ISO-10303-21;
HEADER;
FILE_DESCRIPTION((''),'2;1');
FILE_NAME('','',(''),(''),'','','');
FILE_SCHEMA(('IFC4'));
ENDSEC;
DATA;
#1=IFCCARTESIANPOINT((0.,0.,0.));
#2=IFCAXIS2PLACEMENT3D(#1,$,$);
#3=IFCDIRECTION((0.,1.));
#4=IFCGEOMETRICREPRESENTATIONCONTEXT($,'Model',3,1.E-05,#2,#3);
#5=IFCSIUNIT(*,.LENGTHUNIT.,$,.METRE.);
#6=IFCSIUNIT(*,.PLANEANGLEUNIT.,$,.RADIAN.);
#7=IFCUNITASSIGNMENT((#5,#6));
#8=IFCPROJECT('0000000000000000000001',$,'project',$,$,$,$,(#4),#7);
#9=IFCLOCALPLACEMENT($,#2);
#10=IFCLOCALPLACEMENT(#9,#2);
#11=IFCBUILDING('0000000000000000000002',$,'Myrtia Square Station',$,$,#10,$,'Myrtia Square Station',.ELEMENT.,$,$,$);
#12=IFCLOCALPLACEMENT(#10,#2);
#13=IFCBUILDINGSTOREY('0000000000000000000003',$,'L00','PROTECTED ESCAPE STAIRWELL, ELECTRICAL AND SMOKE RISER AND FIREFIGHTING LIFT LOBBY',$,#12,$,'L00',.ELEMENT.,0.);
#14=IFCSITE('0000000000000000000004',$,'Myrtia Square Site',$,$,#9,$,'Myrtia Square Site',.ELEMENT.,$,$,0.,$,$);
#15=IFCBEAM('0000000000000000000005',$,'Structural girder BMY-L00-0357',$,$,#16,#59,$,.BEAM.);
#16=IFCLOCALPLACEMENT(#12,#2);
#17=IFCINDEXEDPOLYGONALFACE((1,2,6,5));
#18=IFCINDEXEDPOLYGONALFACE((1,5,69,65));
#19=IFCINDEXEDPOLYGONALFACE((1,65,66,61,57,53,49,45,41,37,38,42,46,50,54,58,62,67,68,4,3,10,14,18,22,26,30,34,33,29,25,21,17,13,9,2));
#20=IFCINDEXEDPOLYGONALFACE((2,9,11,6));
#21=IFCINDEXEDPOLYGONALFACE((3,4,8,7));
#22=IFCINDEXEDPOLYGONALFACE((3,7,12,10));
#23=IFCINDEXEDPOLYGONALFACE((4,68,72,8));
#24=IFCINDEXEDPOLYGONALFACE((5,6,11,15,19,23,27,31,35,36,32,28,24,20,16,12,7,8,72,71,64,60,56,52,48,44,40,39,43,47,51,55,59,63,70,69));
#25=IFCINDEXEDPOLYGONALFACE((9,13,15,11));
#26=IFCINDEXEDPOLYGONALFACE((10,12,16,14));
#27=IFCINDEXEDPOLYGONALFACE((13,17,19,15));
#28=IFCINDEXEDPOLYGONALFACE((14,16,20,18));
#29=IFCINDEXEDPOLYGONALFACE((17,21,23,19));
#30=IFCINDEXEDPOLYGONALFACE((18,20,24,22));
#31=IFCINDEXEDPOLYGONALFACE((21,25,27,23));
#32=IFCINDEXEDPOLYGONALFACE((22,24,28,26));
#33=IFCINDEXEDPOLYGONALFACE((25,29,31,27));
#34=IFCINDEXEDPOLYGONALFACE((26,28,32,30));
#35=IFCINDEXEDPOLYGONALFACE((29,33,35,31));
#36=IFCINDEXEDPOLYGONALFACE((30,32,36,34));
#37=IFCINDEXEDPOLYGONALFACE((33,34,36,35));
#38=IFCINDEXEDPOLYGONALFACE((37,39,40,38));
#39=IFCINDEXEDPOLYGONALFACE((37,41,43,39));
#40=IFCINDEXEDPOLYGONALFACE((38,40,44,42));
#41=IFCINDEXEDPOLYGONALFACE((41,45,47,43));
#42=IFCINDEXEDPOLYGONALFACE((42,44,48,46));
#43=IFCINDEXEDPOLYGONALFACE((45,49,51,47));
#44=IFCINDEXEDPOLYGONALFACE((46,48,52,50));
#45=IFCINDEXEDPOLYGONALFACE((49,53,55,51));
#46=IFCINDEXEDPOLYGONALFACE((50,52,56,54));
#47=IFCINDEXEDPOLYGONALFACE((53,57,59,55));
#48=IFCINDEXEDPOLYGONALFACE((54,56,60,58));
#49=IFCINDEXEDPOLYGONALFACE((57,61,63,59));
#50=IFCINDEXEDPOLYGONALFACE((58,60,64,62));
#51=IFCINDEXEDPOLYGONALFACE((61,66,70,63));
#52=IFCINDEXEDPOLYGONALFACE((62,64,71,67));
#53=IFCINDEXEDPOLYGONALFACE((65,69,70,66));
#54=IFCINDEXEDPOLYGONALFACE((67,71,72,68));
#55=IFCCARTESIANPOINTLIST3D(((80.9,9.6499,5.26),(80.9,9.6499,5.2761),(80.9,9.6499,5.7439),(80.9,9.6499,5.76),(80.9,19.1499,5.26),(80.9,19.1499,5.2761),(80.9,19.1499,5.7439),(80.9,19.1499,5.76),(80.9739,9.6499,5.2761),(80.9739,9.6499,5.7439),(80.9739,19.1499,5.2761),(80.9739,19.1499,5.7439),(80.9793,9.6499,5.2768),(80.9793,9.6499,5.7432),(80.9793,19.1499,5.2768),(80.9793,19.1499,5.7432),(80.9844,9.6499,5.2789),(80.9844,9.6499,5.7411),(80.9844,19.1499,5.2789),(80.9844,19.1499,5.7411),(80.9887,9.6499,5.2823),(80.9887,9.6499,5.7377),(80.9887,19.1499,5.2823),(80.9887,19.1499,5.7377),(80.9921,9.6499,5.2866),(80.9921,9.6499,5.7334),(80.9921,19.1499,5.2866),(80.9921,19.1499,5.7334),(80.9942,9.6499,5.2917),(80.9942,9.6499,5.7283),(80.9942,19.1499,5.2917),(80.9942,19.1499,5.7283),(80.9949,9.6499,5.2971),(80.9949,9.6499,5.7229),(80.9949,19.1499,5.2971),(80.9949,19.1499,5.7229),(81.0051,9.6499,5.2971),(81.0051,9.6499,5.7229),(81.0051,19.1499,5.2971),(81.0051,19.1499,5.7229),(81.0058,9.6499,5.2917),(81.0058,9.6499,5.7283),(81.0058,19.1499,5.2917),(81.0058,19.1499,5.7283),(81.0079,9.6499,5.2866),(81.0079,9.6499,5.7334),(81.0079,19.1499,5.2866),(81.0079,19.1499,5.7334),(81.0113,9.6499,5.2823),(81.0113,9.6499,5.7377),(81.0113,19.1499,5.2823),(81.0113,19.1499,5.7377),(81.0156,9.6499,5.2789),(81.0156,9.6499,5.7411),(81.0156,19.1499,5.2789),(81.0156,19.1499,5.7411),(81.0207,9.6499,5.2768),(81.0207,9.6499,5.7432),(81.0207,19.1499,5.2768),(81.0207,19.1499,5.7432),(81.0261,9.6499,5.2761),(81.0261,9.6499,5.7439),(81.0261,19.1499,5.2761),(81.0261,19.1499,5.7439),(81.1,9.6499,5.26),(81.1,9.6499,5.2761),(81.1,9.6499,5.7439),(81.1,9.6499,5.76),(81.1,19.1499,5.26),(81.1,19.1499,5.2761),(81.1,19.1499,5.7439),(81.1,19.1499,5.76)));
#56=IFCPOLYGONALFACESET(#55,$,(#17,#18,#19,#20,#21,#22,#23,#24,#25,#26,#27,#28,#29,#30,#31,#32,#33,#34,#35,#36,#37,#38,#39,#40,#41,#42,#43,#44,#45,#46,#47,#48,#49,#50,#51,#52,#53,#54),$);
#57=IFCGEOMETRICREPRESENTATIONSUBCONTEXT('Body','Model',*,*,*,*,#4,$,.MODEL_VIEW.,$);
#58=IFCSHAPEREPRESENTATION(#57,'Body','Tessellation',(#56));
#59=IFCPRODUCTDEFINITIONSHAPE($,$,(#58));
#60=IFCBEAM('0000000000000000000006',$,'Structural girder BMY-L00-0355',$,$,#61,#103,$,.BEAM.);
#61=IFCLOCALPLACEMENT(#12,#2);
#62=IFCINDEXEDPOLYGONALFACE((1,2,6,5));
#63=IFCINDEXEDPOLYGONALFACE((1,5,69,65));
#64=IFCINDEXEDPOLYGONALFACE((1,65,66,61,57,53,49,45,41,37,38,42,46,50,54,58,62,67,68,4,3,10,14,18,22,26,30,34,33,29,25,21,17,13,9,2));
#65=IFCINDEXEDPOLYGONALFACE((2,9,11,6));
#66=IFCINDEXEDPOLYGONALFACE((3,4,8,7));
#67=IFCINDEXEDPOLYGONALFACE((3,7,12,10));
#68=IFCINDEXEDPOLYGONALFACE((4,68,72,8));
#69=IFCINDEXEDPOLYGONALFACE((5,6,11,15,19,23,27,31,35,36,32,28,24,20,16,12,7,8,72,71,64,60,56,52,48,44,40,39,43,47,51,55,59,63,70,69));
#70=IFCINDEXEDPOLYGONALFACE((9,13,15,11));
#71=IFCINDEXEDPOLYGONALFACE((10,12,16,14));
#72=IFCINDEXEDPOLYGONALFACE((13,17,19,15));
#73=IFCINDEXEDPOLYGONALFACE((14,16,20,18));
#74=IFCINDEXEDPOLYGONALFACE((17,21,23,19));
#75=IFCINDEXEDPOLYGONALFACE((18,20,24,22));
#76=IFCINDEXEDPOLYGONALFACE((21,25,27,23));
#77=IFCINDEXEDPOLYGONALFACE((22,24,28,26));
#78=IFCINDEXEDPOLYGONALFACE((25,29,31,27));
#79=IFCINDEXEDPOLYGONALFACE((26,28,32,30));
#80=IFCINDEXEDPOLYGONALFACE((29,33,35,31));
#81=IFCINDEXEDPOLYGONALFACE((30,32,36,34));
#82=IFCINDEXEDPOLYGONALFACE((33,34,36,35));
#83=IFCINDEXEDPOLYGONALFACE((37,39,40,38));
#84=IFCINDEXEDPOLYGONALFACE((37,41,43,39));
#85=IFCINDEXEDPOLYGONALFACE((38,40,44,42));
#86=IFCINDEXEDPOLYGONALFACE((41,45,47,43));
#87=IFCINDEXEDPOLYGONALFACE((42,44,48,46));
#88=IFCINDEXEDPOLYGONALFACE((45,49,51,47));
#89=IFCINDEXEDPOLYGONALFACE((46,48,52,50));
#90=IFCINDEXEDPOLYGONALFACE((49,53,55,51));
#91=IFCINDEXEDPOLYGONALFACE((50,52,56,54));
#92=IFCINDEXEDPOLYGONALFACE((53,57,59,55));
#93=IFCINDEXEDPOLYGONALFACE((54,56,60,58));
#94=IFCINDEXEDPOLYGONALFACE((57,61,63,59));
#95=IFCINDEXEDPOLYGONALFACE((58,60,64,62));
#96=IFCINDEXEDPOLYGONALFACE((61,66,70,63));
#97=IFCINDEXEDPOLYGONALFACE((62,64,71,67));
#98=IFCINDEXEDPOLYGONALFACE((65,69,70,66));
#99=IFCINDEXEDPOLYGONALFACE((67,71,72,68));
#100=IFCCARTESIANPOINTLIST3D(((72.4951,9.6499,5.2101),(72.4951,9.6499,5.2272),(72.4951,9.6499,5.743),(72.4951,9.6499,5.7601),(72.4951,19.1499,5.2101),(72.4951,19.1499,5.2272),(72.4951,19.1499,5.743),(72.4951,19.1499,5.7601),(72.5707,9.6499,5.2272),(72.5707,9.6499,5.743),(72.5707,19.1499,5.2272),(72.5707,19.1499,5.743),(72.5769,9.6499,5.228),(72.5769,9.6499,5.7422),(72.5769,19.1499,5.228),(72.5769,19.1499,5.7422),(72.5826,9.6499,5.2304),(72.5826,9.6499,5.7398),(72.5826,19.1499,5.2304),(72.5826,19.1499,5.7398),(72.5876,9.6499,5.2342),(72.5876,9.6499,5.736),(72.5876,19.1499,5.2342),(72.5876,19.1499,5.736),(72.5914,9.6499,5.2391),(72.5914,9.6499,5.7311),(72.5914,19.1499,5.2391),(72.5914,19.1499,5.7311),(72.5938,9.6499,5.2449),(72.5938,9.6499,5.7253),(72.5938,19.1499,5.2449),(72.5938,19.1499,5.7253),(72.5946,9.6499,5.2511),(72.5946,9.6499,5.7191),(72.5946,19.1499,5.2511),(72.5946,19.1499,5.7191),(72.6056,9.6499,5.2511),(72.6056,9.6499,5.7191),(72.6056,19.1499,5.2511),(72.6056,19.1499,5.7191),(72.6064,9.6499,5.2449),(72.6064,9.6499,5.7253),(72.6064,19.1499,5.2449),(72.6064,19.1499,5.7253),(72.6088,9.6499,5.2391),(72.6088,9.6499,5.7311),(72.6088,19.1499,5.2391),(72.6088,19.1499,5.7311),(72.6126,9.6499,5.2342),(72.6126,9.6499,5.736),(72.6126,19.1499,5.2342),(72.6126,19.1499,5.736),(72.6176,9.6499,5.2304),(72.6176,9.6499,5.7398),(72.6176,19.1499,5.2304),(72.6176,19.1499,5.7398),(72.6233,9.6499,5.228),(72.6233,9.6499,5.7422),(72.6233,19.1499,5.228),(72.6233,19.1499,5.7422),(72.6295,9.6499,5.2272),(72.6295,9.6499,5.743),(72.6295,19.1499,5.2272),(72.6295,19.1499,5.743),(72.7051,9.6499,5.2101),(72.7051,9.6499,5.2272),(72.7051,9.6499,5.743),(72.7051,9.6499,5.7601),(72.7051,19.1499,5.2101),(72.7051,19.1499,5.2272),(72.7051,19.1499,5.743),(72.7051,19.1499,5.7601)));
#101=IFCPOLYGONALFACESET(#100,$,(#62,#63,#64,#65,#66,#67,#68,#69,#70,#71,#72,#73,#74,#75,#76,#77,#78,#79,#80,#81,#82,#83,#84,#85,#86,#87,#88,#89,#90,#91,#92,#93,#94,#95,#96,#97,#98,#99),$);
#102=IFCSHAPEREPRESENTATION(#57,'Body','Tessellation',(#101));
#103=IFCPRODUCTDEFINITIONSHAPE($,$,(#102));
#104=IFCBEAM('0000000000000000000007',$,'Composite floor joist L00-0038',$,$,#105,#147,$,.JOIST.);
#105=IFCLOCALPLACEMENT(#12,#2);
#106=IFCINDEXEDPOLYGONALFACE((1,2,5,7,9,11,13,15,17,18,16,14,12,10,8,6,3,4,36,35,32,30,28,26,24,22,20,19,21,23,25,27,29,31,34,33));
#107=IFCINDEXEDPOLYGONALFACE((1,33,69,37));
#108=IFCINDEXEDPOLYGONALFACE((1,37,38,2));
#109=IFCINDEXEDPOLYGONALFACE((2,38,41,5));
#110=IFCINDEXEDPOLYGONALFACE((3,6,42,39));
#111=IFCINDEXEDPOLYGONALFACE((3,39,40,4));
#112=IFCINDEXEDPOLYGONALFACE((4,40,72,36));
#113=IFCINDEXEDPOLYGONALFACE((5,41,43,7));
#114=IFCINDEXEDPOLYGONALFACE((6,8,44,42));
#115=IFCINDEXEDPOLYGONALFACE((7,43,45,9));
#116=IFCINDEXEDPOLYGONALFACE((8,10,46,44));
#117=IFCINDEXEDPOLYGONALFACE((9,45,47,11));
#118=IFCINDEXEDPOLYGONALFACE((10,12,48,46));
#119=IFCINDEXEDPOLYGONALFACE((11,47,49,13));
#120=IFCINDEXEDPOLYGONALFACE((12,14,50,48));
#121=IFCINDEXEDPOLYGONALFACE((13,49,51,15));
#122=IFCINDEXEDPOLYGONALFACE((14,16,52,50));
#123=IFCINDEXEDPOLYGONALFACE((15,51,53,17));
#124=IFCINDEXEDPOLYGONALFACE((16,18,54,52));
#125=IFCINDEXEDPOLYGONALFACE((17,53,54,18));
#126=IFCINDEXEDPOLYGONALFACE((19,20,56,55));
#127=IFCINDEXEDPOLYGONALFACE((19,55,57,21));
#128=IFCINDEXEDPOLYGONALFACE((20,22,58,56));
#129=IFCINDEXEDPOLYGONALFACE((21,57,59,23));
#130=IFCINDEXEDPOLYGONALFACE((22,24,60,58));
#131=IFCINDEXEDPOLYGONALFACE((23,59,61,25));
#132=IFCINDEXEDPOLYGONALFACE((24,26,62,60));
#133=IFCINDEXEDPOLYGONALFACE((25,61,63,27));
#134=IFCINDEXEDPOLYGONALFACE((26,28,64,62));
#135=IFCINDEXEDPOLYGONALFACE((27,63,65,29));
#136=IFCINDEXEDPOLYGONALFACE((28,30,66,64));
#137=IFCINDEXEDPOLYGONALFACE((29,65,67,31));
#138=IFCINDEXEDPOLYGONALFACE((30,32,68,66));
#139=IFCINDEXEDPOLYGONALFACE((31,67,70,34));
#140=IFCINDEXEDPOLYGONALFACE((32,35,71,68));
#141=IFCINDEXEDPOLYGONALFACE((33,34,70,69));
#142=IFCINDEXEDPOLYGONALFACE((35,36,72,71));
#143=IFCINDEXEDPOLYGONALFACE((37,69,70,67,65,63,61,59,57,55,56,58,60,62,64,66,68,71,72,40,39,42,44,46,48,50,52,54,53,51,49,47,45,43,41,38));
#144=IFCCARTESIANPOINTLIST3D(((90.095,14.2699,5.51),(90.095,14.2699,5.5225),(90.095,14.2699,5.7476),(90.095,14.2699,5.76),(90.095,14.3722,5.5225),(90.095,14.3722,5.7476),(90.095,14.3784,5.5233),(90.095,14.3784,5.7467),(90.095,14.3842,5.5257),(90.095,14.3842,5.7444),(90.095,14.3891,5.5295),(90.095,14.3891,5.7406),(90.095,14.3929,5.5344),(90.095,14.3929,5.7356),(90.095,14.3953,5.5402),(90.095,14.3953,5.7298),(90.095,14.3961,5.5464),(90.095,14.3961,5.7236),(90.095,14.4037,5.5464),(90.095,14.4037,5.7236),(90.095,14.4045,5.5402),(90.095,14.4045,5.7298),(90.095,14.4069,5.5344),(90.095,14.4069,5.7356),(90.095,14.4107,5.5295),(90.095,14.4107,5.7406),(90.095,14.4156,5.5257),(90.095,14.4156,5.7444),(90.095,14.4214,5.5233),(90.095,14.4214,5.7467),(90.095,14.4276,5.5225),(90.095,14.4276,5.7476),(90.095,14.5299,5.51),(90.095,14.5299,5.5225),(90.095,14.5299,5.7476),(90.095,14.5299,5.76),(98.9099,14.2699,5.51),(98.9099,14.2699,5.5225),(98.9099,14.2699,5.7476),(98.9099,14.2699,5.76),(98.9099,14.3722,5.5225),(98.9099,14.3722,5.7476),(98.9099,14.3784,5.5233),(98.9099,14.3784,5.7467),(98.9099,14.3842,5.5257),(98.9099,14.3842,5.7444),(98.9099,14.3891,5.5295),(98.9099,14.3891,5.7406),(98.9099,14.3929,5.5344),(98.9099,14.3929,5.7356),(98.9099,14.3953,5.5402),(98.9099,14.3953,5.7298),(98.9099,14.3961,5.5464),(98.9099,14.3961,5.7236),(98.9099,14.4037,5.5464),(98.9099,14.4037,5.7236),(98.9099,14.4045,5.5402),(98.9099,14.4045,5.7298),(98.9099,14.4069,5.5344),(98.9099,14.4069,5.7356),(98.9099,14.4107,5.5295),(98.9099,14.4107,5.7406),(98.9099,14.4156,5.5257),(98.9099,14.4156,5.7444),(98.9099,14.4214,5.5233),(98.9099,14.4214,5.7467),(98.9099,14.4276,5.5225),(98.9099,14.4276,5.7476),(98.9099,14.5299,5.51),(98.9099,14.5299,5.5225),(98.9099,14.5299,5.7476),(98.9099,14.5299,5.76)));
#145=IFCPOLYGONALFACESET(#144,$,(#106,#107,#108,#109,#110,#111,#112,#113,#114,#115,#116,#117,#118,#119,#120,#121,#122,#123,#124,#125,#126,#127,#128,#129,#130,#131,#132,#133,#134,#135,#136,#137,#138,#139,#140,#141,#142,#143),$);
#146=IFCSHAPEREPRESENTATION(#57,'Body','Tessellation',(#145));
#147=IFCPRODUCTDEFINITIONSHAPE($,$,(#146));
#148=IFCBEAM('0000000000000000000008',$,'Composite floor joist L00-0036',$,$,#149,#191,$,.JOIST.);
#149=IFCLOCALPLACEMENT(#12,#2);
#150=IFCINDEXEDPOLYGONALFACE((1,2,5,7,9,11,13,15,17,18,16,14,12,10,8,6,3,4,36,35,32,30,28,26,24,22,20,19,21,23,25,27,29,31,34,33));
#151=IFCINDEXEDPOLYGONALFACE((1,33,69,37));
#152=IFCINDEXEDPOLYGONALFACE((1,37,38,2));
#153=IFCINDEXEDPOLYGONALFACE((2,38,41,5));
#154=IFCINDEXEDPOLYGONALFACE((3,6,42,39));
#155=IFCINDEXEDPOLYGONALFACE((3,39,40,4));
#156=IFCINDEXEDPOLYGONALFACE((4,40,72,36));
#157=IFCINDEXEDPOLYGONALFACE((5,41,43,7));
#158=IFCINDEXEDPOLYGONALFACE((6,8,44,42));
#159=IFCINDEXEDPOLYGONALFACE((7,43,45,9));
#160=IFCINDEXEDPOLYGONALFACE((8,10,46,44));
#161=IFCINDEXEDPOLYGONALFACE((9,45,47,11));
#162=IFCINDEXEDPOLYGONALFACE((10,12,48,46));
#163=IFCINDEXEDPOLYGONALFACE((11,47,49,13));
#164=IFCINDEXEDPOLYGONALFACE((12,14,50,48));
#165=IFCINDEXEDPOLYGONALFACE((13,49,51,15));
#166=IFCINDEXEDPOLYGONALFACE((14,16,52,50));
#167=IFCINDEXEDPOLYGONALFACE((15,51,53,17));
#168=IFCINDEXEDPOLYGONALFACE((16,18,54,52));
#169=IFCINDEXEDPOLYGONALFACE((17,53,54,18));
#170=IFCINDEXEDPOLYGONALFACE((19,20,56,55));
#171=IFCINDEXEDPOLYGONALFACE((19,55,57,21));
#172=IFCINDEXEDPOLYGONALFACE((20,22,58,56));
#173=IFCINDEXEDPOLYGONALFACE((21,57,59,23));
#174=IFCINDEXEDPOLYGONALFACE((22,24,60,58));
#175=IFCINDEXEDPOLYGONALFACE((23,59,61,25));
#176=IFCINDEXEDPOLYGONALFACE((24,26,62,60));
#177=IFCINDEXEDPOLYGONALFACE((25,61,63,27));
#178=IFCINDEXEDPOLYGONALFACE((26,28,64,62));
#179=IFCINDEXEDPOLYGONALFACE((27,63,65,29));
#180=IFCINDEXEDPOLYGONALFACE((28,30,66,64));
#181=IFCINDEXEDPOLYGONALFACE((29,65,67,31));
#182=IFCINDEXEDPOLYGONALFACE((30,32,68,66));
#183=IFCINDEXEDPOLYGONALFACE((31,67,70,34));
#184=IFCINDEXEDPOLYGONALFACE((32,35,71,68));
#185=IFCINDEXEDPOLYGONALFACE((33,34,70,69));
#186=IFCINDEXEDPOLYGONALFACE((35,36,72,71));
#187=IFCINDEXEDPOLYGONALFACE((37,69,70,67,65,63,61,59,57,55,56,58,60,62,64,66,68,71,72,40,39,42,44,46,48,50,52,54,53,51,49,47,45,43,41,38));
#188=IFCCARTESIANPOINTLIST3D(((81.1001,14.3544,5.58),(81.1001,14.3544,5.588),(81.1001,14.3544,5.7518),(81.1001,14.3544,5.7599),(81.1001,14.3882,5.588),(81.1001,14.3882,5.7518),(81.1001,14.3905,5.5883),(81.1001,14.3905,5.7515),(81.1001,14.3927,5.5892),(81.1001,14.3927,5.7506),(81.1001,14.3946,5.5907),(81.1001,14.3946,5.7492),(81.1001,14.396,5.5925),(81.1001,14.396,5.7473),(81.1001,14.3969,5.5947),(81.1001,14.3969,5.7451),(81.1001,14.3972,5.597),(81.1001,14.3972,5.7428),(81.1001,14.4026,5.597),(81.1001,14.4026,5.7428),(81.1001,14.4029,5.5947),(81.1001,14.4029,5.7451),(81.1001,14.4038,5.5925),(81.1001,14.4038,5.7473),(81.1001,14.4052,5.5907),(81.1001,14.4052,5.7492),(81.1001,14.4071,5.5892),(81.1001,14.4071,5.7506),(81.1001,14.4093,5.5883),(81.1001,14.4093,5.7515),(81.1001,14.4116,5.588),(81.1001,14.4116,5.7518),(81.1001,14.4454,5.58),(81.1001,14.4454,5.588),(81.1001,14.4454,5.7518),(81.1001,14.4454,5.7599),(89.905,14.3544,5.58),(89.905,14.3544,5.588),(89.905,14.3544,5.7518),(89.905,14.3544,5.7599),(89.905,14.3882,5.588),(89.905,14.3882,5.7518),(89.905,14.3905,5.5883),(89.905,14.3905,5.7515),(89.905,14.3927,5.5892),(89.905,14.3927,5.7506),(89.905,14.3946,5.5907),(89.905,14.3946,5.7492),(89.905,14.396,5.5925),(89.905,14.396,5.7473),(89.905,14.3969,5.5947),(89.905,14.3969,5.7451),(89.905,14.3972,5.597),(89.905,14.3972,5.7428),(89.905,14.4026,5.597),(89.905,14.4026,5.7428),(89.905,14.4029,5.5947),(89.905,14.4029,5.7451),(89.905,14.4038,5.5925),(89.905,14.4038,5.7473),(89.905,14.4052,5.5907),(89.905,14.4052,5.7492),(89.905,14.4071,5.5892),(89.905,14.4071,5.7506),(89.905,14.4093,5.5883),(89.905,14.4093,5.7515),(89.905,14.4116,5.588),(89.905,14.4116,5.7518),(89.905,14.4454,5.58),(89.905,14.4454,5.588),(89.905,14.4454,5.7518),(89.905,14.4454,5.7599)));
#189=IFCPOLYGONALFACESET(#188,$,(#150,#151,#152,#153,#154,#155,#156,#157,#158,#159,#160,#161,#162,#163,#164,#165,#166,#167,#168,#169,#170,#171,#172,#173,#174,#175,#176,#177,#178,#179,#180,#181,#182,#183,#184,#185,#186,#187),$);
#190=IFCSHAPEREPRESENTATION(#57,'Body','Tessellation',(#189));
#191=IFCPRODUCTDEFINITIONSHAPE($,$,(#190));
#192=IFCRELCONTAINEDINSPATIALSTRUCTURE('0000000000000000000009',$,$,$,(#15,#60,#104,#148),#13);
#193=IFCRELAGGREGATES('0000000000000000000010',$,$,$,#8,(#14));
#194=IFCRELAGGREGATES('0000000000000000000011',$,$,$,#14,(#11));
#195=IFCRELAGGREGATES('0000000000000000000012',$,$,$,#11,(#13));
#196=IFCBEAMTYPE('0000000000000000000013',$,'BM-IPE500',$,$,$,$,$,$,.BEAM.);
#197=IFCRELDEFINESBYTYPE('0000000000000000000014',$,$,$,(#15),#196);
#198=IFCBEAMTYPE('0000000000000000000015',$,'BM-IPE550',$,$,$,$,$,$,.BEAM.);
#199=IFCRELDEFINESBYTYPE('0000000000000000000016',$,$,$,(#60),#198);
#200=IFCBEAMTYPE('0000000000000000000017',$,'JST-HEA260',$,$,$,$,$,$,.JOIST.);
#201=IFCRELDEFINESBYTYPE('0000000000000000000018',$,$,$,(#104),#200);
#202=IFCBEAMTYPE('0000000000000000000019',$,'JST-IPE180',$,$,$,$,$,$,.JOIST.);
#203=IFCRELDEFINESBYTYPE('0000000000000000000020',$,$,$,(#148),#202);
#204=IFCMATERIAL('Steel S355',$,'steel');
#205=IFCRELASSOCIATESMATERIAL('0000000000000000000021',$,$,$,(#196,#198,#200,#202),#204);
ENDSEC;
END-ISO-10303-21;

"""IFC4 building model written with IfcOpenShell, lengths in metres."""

from ifc_helpers import new_model, si_unit, direction, frame, origin, origin_2d, place, context, subcontext, project, spatial, i_section, extrude, material, material_profile, profile_set, type_object, element, save


model = new_model("IFC4")

# Units and contexts
model_context = context("Model", 3, precision=1e-05, world=origin(), true_north=direction((0.0, 1.0)))
body_context = subcontext(model_context, "Body", "Model", "MODEL_VIEW")
ifc_project = project(units=[si_unit("LENGTHUNIT", "METRE"), si_unit("PLANEANGLEUNIT", "RADIAN")], contexts=[model_context])

# Site, building, storey
site_placement = place(None, origin())
site = spatial("IfcSite", under=ifc_project, at=site_placement, Name="Myrtia Square Site", LongName="Myrtia Square Site", CompositionType="ELEMENT", RefElevation=0.0)
building_placement = place(site_placement, origin())
building = spatial("IfcBuilding", under=site, at=building_placement, Name="Myrtia Square Station", LongName="Myrtia Square Station", CompositionType="ELEMENT")
storey_placement = place(building_placement, origin())
storey = spatial("IfcBuildingStorey", under=building, at=storey_placement, Name="L00", Description="PROTECTED ESCAPE STAIRWELL, ELECTRICAL AND SMOKE RISER AND FIREFIGHTING LIFT LOBBY", LongName="L00", CompositionType="ELEMENT", Elevation=0.0)

# Shared definitions
ifc_material = material(Name="Steel S355", Category="steel")

# Beams
ifc_material_profile_1 = material_profile(ifc_material, i_section(OverallWidth=0.2, OverallDepth=0.5, WebThickness=0.0103, FlangeThickness=0.0161, FilletRadius=0.021, at=origin_2d()), Name="IPE 500")
ifc_profile_set_1 = profile_set([ifc_material_profile_1], Name="Steel S355")
beam_type_1 = type_object("IfcBeamType", Name="BM-IPE500", PredefinedType="BEAM", material=ifc_profile_set_1)
beam_1_placement = place(storey_placement, frame((81.0, 9.6499, 5.51), z_axis=(0.0, 1.0, 0.0), x_axis=(-1.0, 0.0, 0.0)))
element("IfcBeam", 1, at=beam_1_placement, inside=storey, type_object=beam_type_1, Name="Structural girder BMY-L00-0357", PredefinedType="BEAM", context=body_context, shape_type="SweptSolid", body=[
    extrude(i_section(OverallWidth=0.2, OverallDepth=0.5, WebThickness=0.0103, FlangeThickness=0.0161, FilletRadius=0.021, at=origin_2d()), origin(), (0.0, 0.0, 1.0), 9.5),
])
ifc_material_profile_2 = material_profile(ifc_material, i_section(OverallWidth=0.21, OverallDepth=0.55, WebThickness=0.011, FlangeThickness=0.0171, FilletRadius=0.0239, at=origin_2d()), Name="IPE 550")
ifc_profile_set_2 = profile_set([ifc_material_profile_2], Name="Steel S355")
beam_type_2 = type_object("IfcBeamType", Name="BM-IPE550", PredefinedType="BEAM", material=ifc_profile_set_2)
beam_2_placement = place(storey_placement, frame((72.6001, 9.6499, 5.4851), z_axis=(0.0, 1.0, 0.0), x_axis=(-1.0, 0.0, 0.0)))
element("IfcBeam", 2, at=beam_2_placement, inside=storey, type_object=beam_type_2, Name="Structural girder BMY-L00-0355", PredefinedType="BEAM", context=body_context, shape_type="SweptSolid", body=[
    extrude(i_section(OverallWidth=0.21, OverallDepth=0.55, WebThickness=0.011, FlangeThickness=0.0171, FilletRadius=0.0239, at=origin_2d()), origin(), (0.0, 0.0, 1.0), 9.5),
])
ifc_material_profile_3 = material_profile(ifc_material, i_section(OverallWidth=0.26, OverallDepth=0.25, WebThickness=0.0076, FlangeThickness=0.0125, FilletRadius=0.0239, at=origin_2d()), Name="HEA 260")
ifc_profile_set_3 = profile_set([ifc_material_profile_3], Name="Steel S355")
beam_type_3 = type_object("IfcBeamType", Name="JST-HEA260", PredefinedType="JOIST", material=ifc_profile_set_3)
beam_3_placement = place(storey_placement, frame((90.095, 14.3999, 5.635), z_axis=(1.0, 0.0, 0.0), x_axis=(0.0, 1.0, 0.0)))
element("IfcBeam", 3, at=beam_3_placement, inside=storey, type_object=beam_type_3, Name="Composite floor joist L00-0038", PredefinedType="JOIST", context=body_context, shape_type="SweptSolid", body=[
    extrude(i_section(OverallWidth=0.26, OverallDepth=0.25, WebThickness=0.0076, FlangeThickness=0.0125, FilletRadius=0.0239, at=origin_2d()), origin(), (0.0, 0.0, 1.0), 8.8149),
])
ifc_material_profile_4 = material_profile(ifc_material, i_section(OverallWidth=0.0911, OverallDepth=0.1799, WebThickness=0.0054, FlangeThickness=0.0081, FilletRadius=0.009, at=origin_2d()), Name="IPE 180")
ifc_profile_set_4 = profile_set([ifc_material_profile_4], Name="Steel S355")
beam_type_4 = type_object("IfcBeamType", Name="JST-IPE180", PredefinedType="JOIST", material=ifc_profile_set_4)
beam_4_placement = place(storey_placement, frame((81.1001, 14.3999, 5.6699), z_axis=(1.0, 0.0, 0.0), x_axis=(0.0, 1.0, 0.0)))
element("IfcBeam", 4, at=beam_4_placement, inside=storey, type_object=beam_type_4, Name="Composite floor joist L00-0036", PredefinedType="JOIST", context=body_context, shape_type="SweptSolid", body=[
    extrude(i_section(OverallWidth=0.0911, OverallDepth=0.1799, WebThickness=0.0054, FlangeThickness=0.0081, FilletRadius=0.009, at=origin_2d()), origin(), (0.0, 0.0, 1.0), 8.8049),
])

save(model, "model.ifc")
